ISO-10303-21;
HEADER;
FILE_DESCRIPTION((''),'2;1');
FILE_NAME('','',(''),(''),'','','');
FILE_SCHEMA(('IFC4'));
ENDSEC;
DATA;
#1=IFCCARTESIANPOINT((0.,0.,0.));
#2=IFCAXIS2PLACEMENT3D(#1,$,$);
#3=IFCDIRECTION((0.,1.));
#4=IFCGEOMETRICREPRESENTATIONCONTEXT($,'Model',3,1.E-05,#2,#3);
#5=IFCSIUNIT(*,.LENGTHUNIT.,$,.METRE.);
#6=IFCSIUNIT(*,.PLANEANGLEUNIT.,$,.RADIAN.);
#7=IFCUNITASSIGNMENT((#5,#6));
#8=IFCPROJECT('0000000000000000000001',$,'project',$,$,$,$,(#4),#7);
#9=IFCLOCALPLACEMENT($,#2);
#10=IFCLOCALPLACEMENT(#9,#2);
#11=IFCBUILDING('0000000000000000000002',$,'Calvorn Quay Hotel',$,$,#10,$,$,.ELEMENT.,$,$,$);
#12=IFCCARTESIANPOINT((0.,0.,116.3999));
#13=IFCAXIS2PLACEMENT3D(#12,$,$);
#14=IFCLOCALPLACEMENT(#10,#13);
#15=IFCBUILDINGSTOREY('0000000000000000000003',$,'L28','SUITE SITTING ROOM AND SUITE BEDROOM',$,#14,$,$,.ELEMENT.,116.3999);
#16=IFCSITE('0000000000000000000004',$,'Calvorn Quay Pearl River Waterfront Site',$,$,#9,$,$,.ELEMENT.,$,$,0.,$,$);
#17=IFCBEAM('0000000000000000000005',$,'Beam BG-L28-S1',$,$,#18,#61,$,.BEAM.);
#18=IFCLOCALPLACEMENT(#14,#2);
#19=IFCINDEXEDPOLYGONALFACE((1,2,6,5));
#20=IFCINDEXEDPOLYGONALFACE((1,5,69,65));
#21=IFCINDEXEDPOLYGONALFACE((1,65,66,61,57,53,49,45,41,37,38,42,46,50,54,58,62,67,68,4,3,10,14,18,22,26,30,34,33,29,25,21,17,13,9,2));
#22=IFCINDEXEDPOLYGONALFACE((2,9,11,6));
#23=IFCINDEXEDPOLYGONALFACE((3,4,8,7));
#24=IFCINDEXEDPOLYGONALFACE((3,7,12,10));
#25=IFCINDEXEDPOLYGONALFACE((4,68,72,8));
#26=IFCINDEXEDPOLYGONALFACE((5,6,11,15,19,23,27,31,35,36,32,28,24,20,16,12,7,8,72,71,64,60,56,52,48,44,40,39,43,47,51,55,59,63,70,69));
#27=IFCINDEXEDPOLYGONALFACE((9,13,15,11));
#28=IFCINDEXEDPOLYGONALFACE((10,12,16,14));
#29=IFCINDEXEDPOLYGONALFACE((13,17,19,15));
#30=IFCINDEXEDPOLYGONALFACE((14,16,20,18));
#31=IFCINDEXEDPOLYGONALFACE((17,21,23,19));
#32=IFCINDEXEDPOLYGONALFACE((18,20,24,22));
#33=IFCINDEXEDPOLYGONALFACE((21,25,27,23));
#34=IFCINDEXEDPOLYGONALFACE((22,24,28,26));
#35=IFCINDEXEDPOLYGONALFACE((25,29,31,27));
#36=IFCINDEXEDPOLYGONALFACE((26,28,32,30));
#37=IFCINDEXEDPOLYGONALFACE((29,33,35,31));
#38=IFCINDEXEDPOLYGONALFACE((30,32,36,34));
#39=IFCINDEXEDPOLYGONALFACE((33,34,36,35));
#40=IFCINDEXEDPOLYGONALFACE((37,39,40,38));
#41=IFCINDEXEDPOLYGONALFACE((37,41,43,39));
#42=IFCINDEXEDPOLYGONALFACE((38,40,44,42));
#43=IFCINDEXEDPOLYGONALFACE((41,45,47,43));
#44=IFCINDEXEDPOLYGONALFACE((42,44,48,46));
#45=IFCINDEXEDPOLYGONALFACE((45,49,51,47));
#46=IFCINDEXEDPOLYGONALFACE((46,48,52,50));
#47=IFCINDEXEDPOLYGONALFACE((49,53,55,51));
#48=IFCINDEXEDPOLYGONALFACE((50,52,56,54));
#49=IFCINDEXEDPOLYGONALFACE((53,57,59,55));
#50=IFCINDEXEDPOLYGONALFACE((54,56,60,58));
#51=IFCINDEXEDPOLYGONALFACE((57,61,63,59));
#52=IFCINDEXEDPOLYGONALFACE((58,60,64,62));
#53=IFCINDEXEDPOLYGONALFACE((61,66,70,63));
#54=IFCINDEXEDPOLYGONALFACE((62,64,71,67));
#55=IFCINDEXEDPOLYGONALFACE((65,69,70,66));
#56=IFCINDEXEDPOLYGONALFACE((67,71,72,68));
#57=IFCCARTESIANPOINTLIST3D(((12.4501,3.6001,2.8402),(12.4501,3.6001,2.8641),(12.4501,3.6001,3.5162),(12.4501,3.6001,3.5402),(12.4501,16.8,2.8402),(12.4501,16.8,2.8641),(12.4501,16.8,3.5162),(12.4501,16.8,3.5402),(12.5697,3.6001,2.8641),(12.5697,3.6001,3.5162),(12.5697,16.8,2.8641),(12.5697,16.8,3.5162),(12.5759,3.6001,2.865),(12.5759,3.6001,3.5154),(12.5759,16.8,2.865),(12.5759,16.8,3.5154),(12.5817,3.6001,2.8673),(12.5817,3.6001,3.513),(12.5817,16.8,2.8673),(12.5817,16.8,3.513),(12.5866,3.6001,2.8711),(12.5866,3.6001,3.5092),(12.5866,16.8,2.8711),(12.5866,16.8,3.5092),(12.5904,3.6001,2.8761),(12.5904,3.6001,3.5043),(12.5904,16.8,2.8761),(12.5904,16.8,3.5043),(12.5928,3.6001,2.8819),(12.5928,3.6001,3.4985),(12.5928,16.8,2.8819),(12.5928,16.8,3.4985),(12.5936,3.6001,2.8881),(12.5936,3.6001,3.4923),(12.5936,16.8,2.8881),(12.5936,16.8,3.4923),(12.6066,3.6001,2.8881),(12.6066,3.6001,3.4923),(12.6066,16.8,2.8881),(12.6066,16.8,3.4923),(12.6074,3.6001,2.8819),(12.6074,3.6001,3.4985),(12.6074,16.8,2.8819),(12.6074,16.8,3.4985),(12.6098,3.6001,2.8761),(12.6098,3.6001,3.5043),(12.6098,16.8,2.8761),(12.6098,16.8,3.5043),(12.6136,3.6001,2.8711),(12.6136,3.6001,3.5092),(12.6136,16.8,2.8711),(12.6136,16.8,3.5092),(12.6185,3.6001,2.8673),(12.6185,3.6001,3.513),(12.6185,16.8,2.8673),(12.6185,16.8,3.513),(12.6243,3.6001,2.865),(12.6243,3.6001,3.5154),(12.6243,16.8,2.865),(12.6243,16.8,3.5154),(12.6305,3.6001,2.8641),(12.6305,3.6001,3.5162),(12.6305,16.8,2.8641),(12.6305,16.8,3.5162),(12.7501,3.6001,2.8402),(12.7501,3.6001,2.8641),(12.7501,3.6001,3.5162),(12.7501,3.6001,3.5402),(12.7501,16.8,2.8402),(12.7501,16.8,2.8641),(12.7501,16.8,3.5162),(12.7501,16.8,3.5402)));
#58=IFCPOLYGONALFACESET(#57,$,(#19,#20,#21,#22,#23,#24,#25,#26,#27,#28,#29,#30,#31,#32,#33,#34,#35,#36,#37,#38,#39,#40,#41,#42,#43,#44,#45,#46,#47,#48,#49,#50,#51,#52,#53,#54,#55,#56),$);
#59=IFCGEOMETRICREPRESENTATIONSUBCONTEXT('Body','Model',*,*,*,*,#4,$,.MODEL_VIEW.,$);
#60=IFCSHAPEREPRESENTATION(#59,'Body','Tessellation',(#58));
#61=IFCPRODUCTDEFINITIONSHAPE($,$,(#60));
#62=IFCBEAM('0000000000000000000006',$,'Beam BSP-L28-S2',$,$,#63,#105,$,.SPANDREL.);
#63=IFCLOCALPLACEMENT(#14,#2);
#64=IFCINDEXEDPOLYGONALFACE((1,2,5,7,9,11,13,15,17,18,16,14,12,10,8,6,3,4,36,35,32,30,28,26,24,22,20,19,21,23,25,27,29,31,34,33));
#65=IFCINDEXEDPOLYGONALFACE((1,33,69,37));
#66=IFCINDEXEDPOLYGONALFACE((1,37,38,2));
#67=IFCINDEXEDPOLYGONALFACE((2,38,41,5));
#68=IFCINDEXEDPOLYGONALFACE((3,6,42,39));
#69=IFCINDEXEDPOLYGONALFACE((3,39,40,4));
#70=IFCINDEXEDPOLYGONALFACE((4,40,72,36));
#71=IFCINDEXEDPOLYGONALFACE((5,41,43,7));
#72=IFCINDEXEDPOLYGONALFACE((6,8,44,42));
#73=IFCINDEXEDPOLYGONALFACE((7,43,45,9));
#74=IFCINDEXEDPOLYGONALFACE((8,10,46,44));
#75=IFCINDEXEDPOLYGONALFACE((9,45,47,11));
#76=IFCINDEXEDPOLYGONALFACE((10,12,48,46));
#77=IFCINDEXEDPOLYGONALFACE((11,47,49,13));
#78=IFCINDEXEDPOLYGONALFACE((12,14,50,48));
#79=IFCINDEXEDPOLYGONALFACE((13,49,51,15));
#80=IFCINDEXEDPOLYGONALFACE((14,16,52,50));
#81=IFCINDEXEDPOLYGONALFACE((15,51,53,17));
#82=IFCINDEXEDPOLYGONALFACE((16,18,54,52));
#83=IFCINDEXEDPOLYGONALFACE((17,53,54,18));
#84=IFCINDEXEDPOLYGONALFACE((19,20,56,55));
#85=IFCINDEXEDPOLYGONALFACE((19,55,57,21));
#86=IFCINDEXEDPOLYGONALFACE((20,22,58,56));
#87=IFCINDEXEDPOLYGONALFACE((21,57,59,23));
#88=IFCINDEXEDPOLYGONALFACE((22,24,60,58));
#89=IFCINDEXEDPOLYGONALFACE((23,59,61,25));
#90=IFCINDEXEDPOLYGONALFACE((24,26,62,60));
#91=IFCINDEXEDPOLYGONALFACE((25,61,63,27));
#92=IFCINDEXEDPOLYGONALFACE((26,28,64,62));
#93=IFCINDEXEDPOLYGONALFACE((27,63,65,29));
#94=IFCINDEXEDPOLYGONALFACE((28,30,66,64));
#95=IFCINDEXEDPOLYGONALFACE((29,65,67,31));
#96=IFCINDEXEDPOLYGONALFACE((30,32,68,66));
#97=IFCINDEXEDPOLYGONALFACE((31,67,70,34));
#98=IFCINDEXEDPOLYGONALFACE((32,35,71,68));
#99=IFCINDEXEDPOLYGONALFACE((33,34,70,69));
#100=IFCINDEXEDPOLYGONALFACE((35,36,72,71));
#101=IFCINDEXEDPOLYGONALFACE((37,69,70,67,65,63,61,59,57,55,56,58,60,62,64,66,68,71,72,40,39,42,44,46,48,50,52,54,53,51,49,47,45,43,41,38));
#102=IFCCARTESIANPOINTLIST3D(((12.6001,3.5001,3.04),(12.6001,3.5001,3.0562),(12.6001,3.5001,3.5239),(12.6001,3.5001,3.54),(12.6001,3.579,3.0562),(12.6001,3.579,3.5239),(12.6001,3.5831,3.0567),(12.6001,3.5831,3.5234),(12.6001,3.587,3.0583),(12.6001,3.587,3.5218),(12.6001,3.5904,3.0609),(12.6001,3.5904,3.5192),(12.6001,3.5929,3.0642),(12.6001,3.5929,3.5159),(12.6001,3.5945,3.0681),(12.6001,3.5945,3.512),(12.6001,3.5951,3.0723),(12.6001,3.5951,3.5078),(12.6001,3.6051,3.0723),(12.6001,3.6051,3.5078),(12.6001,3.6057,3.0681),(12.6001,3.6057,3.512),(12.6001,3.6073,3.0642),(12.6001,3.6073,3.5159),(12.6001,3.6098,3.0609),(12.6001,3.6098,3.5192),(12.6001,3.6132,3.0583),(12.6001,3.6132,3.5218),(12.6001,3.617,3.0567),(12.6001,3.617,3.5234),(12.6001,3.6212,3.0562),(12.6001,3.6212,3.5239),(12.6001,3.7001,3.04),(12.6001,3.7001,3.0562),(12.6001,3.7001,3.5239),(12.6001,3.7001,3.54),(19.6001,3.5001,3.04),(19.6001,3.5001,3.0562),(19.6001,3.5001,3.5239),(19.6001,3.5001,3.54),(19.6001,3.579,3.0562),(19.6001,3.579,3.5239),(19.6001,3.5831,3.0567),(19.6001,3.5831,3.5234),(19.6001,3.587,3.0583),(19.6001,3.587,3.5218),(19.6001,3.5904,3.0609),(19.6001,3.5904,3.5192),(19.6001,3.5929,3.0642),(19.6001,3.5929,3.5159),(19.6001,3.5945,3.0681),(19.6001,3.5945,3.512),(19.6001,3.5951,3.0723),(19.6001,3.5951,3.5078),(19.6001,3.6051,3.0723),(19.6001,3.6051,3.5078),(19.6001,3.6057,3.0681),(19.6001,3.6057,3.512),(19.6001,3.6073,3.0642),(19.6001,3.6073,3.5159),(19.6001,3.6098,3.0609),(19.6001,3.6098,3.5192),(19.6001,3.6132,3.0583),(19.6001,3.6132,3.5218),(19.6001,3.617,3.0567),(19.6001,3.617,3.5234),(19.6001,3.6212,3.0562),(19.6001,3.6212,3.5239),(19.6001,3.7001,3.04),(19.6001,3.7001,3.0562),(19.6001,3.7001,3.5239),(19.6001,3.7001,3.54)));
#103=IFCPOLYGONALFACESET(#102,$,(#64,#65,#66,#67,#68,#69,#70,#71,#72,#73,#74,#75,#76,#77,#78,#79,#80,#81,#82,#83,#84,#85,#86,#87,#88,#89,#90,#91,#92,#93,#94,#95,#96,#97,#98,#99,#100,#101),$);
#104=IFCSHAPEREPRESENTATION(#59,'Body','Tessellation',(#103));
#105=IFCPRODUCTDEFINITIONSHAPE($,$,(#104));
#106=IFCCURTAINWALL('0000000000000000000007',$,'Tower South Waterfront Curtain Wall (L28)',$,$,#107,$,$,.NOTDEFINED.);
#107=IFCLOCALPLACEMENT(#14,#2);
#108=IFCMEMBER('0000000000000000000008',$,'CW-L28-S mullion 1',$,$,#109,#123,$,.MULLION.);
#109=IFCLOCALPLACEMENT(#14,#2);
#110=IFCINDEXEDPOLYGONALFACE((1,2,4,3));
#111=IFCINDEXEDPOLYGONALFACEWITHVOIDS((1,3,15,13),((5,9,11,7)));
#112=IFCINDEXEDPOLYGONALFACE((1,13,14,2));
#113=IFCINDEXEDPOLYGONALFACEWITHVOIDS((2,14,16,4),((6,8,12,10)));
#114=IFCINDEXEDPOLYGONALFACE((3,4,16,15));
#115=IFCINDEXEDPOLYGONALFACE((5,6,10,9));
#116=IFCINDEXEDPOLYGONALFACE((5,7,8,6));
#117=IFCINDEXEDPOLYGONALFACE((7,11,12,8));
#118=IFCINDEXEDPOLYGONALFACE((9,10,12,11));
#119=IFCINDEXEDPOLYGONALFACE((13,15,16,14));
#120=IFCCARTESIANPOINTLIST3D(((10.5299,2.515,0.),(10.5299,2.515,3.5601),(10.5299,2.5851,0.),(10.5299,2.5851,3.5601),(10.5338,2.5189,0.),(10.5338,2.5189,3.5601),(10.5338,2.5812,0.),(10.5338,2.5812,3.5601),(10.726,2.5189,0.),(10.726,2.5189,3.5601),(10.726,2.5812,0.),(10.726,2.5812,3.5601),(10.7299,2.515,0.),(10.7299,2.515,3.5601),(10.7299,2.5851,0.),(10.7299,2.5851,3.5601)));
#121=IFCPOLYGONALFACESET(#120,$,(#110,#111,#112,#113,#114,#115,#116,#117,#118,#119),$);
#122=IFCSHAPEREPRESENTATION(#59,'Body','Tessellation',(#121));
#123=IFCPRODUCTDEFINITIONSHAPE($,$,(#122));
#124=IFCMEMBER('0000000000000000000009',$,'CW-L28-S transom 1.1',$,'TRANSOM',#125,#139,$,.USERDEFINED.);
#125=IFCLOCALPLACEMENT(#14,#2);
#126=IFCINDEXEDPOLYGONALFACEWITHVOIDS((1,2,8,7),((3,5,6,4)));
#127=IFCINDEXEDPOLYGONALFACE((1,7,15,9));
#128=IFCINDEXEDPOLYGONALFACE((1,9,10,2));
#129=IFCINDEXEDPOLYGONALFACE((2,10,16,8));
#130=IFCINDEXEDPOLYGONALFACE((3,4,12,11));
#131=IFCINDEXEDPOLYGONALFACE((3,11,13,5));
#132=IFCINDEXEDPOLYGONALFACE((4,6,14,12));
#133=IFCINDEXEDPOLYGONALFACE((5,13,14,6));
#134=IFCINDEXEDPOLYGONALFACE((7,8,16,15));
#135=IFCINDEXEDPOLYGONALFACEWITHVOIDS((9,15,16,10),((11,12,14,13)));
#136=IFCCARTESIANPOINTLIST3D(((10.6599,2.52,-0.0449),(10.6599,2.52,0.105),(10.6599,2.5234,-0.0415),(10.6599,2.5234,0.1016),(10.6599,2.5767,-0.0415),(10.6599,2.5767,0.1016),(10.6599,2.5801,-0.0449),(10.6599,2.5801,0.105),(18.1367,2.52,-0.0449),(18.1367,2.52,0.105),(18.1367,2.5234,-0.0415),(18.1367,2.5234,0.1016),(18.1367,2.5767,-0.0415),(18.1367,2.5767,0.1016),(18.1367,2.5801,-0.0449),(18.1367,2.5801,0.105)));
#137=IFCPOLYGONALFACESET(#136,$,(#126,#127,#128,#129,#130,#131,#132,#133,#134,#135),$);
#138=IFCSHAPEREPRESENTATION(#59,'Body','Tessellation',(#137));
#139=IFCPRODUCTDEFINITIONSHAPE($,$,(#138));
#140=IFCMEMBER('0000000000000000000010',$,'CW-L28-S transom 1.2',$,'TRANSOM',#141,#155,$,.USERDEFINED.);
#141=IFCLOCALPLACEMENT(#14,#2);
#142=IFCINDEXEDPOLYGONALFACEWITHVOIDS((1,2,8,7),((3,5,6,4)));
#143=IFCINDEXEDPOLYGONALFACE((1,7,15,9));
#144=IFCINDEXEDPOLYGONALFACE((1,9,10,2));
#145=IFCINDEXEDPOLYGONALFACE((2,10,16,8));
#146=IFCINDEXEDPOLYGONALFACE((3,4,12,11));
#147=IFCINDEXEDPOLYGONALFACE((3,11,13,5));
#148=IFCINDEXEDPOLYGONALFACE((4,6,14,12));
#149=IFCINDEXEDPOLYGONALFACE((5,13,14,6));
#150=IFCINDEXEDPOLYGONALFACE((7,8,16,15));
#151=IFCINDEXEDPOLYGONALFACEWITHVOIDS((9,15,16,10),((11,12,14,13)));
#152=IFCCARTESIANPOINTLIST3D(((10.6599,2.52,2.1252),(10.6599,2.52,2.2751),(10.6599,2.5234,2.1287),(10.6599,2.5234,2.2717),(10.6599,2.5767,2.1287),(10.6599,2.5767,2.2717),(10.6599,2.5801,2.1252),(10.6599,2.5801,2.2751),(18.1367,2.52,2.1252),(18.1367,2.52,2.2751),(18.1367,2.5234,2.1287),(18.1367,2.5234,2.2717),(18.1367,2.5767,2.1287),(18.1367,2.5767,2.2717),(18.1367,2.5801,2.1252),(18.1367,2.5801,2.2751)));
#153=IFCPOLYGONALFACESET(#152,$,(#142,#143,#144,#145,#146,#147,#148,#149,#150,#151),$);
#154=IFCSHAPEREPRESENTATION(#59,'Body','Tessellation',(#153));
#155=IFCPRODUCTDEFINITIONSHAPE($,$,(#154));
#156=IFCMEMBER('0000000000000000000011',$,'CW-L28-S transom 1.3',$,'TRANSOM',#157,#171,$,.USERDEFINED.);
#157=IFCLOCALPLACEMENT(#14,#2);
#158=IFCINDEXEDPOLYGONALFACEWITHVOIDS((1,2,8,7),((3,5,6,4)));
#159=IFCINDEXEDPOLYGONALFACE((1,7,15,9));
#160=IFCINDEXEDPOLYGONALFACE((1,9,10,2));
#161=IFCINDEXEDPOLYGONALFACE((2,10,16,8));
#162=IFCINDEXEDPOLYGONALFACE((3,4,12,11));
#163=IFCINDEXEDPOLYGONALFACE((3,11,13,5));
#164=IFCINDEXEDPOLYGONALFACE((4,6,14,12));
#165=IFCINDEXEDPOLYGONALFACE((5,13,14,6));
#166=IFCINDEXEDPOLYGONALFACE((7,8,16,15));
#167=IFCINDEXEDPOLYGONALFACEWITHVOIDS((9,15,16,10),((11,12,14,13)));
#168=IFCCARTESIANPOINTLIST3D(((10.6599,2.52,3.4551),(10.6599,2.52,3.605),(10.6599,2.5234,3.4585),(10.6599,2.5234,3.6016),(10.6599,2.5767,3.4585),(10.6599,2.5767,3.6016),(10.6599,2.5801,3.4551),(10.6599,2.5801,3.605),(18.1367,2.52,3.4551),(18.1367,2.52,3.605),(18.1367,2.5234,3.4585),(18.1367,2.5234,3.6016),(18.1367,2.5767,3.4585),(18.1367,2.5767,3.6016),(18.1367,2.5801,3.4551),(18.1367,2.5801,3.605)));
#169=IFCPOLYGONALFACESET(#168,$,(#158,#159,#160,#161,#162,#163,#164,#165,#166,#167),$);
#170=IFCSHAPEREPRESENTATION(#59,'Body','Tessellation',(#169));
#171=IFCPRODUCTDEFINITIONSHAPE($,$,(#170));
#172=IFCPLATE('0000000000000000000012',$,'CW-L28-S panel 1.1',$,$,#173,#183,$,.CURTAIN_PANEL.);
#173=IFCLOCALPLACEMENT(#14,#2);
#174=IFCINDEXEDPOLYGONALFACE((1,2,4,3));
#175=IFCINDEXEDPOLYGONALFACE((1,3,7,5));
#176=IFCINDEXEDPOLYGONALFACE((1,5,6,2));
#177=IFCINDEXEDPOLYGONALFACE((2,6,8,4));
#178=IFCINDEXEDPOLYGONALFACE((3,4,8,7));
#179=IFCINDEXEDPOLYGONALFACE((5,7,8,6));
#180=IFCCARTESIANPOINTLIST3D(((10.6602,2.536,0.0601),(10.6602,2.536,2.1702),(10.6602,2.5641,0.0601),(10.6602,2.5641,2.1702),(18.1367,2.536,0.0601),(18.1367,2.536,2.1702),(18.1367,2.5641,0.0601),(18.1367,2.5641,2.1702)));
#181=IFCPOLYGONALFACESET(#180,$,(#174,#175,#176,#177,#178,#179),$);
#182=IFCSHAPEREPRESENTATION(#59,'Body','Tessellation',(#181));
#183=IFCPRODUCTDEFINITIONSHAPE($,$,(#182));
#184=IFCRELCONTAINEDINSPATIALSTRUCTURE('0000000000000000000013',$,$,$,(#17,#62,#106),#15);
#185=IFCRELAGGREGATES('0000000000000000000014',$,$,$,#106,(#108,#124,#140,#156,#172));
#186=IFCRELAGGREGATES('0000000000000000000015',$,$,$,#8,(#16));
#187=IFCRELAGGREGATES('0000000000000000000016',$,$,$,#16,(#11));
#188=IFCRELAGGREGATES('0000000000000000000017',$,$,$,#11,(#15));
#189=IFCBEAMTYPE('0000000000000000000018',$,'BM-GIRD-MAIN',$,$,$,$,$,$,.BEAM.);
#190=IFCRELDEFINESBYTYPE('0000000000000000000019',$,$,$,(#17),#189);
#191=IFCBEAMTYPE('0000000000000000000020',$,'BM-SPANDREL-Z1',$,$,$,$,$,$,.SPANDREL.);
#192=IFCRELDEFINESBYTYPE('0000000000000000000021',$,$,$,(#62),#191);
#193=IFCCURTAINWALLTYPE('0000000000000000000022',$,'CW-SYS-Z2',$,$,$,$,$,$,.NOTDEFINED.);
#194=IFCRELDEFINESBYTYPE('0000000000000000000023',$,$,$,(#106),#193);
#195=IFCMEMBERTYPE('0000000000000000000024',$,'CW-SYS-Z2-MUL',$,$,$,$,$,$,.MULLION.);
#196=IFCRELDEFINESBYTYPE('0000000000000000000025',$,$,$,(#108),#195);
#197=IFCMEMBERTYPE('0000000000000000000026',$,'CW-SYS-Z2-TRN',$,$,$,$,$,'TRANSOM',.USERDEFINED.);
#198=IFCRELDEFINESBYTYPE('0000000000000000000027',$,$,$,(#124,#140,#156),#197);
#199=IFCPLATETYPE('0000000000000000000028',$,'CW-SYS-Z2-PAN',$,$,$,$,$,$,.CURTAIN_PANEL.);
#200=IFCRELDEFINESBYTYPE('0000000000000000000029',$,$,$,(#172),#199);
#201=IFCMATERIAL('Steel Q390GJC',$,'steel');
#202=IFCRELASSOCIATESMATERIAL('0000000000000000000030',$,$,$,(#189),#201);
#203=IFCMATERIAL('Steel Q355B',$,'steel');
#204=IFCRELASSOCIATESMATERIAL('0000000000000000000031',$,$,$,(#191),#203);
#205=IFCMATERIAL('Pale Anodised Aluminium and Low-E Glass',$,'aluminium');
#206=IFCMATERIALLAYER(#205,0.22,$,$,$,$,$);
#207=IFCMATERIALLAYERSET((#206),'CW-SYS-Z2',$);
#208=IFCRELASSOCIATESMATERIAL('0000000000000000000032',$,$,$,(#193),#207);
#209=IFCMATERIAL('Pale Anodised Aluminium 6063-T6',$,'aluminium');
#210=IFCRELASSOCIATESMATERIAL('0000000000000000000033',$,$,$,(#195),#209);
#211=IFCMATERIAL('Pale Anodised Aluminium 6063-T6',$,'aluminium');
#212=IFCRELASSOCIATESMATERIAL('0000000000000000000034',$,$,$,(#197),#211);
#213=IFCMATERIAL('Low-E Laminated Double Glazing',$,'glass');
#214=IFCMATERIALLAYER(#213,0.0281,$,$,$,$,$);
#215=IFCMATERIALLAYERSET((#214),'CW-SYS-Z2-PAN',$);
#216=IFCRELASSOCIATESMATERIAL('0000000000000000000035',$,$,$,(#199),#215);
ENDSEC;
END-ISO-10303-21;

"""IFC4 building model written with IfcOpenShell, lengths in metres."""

from ifc_helpers import new_model, si_unit, direction, frame, origin, origin_2d, place, context, subcontext, project, spatial, rectangle, hollow_rectangle, i_section, extrude, material, layer, layer_set, material_profile, profile_set, type_object, element, aggregate, save


model = new_model("IFC4")

# Units and contexts
model_context = context("Model", 3, precision=1e-05, world=origin(), true_north=direction((0.0, 1.0)))
body_context = subcontext(model_context, "Body", "Model", "MODEL_VIEW")
ifc_project = project(units=[si_unit("LENGTHUNIT", "METRE"), si_unit("PLANEANGLEUNIT", "RADIAN")], contexts=[model_context])

# Site, building, storey
site_placement = place(None, origin())
site = spatial("IfcSite", under=ifc_project, at=site_placement, Name="Calvorn Quay Pearl River Waterfront Site", CompositionType="ELEMENT", RefElevation=0.0)
building_placement = place(site_placement, origin())
building = spatial("IfcBuilding", under=site, at=building_placement, Name="Calvorn Quay Hotel", CompositionType="ELEMENT")
storey_placement = place(building_placement, frame((0.0, 0.0, 116.3999)))
storey = spatial("IfcBuildingStorey", under=building, at=storey_placement, Name="L28", Description="SUITE SITTING ROOM AND SUITE BEDROOM", CompositionType="ELEMENT", Elevation=116.3999)

# Beams
ifc_material_1 = material(Name="Steel Q390GJC", Category="steel")
ifc_material_profile_1 = material_profile(ifc_material_1, i_section(OverallWidth=0.3, OverallDepth=0.7, WebThickness=0.0129, FlangeThickness=0.0239, FilletRadius=0.0239, at=origin_2d()), Name="HN700x300x13x24")
ifc_profile_set_1 = profile_set([ifc_material_profile_1], Name="Steel Q390GJC")
beam_type_1 = type_object("IfcBeamType", Name="BM-GIRD-MAIN", PredefinedType="BEAM", material=ifc_profile_set_1)
beam_1_placement = place(storey_placement, frame((12.6001, 3.6001, 3.1902), z_axis=(0.0, 1.0, 0.0), x_axis=(-1.0, 0.0, 0.0)))
element("IfcBeam", 1, at=beam_1_placement, inside=storey, type_object=beam_type_1, Name="Beam BG-L28-S1", PredefinedType="BEAM", context=body_context, shape_type="SweptSolid", body=[
    extrude(i_section(OverallWidth=0.3, OverallDepth=0.7, WebThickness=0.0129, FlangeThickness=0.0239, FilletRadius=0.0239, at=origin_2d()), origin(), (0.0, 0.0, 1.0), 13.2),
])
ifc_material_2 = material(Name="Steel Q355B", Category="steel")
ifc_material_profile_2 = material_profile(ifc_material_2, i_section(OverallWidth=0.2, OverallDepth=0.5, WebThickness=0.01, FlangeThickness=0.0161, FilletRadius=0.0161, at=origin_2d()), Name="HN500x200x10x16")
ifc_profile_set_2 = profile_set([ifc_material_profile_2], Name="Steel Q355B")
beam_type_2 = type_object("IfcBeamType", Name="BM-SPANDREL-Z1", PredefinedType="SPANDREL", material=ifc_profile_set_2)
beam_2_placement = place(storey_placement, frame((12.6001, 3.6001, 3.29), z_axis=(1.0, 0.0, 0.0), x_axis=(0.0, 1.0, 0.0)))
element("IfcBeam", 2, at=beam_2_placement, inside=storey, type_object=beam_type_2, Name="Beam BSP-L28-S2", PredefinedType="SPANDREL", context=body_context, shape_type="SweptSolid", body=[
    extrude(i_section(OverallWidth=0.2, OverallDepth=0.5, WebThickness=0.01, FlangeThickness=0.0161, FilletRadius=0.0161, at=origin_2d()), origin(), (0.0, 0.0, 1.0), 7.0),
])

# Curtain wall, members, plate
ifc_material_3 = material(Name="Pale Anodised Aluminium and Low-E Glass", Category="aluminium")
ifc_layer_1 = layer(ifc_material_3, 0.22)
ifc_layer_set_1 = layer_set([ifc_layer_1], Name="CW-SYS-Z2")
curtain_wall_type = type_object("IfcCurtainWallType", Name="CW-SYS-Z2", PredefinedType="NOTDEFINED", material=ifc_layer_set_1)
curtain_wall_placement = place(storey_placement, origin())
curtain_wall = element("IfcCurtainWall", 3, at=curtain_wall_placement, inside=storey, type_object=curtain_wall_type, Name="Tower South Waterfront Curtain Wall (L28)", PredefinedType="NOTDEFINED")
ifc_material_4 = material(Name="Pale Anodised Aluminium 6063-T6", Category="aluminium")
ifc_material_profile_3 = material_profile(ifc_material_4, hollow_rectangle(XDim=0.0701, YDim=0.2, WallThickness=0.0039, at=origin_2d()), Name="ALU-M200x70x4")
ifc_profile_set_3 = profile_set([ifc_material_profile_3], Name="Pale Anodised Aluminium 6063-T6")
member_type_1 = type_object("IfcMemberType", Name="CW-SYS-Z2-MUL", PredefinedType="MULLION", material=ifc_profile_set_3)
member_1_placement = place(storey_placement, frame((10.6299, 2.55, 0.0), z_axis=(0.0, 0.0, 1.0), x_axis=(0.0, 1.0, 0.0)))
member_1 = element("IfcMember", 4, at=member_1_placement, type_object=member_type_1, Name="CW-L28-S mullion 1", PredefinedType="MULLION", context=body_context, shape_type="SweptSolid", body=[
    extrude(hollow_rectangle(XDim=0.0701, YDim=0.2, WallThickness=0.0039, at=origin_2d()), origin(), (0.0, 0.0, 1.0), 3.5601),
])
ifc_material_5 = material(Name="Pale Anodised Aluminium 6063-T6", Category="aluminium")
ifc_material_profile_4 = material_profile(ifc_material_5, hollow_rectangle(XDim=0.0601, YDim=0.1499, WallThickness=0.0034, at=origin_2d()), Name="ALU-T150x60x3.5")
ifc_profile_set_4 = profile_set([ifc_material_profile_4], Name="Pale Anodised Aluminium 6063-T6")
member_type_2 = type_object("IfcMemberType", Name="CW-SYS-Z2-TRN", ElementType="TRANSOM", PredefinedType="USERDEFINED", material=ifc_profile_set_4)
member_2_placement = place(storey_placement, frame((10.6599, 2.55, 0.03), z_axis=(1.0, 0.0, 0.0), x_axis=(0.0, 1.0, 0.0)))
member_2 = element("IfcMember", 5, at=member_2_placement, type_object=member_type_2, Name="CW-L28-S transom 1.1", ObjectType="TRANSOM", PredefinedType="USERDEFINED", context=body_context, shape_type="SweptSolid", body=[
    extrude(hollow_rectangle(XDim=0.0601, YDim=0.1499, WallThickness=0.0034, at=origin_2d()), origin(), (0.0, 0.0, 1.0), 7.4768),
])
member_3_placement = place(storey_placement, frame((10.6599, 2.55, 2.2002), z_axis=(1.0, 0.0, 0.0), x_axis=(0.0, 1.0, 0.0)))
member_3 = element("IfcMember", 6, at=member_3_placement, type_object=member_type_2, Name="CW-L28-S transom 1.2", ObjectType="TRANSOM", PredefinedType="USERDEFINED", context=body_context, shape_type="SweptSolid", body=[
    extrude(hollow_rectangle(XDim=0.0601, YDim=0.1499, WallThickness=0.0034, at=origin_2d()), origin(), (0.0, 0.0, 1.0), 7.4768),
])
member_4_placement = place(storey_placement, frame((10.6599, 2.55, 3.53), z_axis=(1.0, 0.0, 0.0), x_axis=(0.0, 1.0, 0.0)))
member_4 = element("IfcMember", 7, at=member_4_placement, type_object=member_type_2, Name="CW-L28-S transom 1.3", ObjectType="TRANSOM", PredefinedType="USERDEFINED", context=body_context, shape_type="SweptSolid", body=[
    extrude(hollow_rectangle(XDim=0.0601, YDim=0.1499, WallThickness=0.0034, at=origin_2d()), origin(), (0.0, 0.0, 1.0), 7.4768),
])
ifc_material_6 = material(Name="Low-E Laminated Double Glazing", Category="glass")
ifc_layer_2 = layer(ifc_material_6, 0.0281)
ifc_layer_set_2 = layer_set([ifc_layer_2], Name="CW-SYS-Z2-PAN")
plate_type = type_object("IfcPlateType", Name="CW-SYS-Z2-PAN", PredefinedType="CURTAIN_PANEL", material=ifc_layer_set_2)
plate_1_placement = place(storey_placement, frame((14.3984, 2.55, 0.0601), z_axis=(0.0, 0.0, 1.0), x_axis=(1.0, 0.0, 0.0)))
plate_1 = element("IfcPlate", 8, at=plate_1_placement, type_object=plate_type, Name="CW-L28-S panel 1.1", PredefinedType="CURTAIN_PANEL", context=body_context, shape_type="SweptSolid", body=[
    extrude(rectangle(XDim=7.4766, YDim=0.0281, at=origin_2d()), origin(), (0.0, 0.0, 1.0), 2.1101),
])
aggregate(curtain_wall, [member_1, member_2, member_3, member_4, plate_1])

save(model, "model.ifc")
